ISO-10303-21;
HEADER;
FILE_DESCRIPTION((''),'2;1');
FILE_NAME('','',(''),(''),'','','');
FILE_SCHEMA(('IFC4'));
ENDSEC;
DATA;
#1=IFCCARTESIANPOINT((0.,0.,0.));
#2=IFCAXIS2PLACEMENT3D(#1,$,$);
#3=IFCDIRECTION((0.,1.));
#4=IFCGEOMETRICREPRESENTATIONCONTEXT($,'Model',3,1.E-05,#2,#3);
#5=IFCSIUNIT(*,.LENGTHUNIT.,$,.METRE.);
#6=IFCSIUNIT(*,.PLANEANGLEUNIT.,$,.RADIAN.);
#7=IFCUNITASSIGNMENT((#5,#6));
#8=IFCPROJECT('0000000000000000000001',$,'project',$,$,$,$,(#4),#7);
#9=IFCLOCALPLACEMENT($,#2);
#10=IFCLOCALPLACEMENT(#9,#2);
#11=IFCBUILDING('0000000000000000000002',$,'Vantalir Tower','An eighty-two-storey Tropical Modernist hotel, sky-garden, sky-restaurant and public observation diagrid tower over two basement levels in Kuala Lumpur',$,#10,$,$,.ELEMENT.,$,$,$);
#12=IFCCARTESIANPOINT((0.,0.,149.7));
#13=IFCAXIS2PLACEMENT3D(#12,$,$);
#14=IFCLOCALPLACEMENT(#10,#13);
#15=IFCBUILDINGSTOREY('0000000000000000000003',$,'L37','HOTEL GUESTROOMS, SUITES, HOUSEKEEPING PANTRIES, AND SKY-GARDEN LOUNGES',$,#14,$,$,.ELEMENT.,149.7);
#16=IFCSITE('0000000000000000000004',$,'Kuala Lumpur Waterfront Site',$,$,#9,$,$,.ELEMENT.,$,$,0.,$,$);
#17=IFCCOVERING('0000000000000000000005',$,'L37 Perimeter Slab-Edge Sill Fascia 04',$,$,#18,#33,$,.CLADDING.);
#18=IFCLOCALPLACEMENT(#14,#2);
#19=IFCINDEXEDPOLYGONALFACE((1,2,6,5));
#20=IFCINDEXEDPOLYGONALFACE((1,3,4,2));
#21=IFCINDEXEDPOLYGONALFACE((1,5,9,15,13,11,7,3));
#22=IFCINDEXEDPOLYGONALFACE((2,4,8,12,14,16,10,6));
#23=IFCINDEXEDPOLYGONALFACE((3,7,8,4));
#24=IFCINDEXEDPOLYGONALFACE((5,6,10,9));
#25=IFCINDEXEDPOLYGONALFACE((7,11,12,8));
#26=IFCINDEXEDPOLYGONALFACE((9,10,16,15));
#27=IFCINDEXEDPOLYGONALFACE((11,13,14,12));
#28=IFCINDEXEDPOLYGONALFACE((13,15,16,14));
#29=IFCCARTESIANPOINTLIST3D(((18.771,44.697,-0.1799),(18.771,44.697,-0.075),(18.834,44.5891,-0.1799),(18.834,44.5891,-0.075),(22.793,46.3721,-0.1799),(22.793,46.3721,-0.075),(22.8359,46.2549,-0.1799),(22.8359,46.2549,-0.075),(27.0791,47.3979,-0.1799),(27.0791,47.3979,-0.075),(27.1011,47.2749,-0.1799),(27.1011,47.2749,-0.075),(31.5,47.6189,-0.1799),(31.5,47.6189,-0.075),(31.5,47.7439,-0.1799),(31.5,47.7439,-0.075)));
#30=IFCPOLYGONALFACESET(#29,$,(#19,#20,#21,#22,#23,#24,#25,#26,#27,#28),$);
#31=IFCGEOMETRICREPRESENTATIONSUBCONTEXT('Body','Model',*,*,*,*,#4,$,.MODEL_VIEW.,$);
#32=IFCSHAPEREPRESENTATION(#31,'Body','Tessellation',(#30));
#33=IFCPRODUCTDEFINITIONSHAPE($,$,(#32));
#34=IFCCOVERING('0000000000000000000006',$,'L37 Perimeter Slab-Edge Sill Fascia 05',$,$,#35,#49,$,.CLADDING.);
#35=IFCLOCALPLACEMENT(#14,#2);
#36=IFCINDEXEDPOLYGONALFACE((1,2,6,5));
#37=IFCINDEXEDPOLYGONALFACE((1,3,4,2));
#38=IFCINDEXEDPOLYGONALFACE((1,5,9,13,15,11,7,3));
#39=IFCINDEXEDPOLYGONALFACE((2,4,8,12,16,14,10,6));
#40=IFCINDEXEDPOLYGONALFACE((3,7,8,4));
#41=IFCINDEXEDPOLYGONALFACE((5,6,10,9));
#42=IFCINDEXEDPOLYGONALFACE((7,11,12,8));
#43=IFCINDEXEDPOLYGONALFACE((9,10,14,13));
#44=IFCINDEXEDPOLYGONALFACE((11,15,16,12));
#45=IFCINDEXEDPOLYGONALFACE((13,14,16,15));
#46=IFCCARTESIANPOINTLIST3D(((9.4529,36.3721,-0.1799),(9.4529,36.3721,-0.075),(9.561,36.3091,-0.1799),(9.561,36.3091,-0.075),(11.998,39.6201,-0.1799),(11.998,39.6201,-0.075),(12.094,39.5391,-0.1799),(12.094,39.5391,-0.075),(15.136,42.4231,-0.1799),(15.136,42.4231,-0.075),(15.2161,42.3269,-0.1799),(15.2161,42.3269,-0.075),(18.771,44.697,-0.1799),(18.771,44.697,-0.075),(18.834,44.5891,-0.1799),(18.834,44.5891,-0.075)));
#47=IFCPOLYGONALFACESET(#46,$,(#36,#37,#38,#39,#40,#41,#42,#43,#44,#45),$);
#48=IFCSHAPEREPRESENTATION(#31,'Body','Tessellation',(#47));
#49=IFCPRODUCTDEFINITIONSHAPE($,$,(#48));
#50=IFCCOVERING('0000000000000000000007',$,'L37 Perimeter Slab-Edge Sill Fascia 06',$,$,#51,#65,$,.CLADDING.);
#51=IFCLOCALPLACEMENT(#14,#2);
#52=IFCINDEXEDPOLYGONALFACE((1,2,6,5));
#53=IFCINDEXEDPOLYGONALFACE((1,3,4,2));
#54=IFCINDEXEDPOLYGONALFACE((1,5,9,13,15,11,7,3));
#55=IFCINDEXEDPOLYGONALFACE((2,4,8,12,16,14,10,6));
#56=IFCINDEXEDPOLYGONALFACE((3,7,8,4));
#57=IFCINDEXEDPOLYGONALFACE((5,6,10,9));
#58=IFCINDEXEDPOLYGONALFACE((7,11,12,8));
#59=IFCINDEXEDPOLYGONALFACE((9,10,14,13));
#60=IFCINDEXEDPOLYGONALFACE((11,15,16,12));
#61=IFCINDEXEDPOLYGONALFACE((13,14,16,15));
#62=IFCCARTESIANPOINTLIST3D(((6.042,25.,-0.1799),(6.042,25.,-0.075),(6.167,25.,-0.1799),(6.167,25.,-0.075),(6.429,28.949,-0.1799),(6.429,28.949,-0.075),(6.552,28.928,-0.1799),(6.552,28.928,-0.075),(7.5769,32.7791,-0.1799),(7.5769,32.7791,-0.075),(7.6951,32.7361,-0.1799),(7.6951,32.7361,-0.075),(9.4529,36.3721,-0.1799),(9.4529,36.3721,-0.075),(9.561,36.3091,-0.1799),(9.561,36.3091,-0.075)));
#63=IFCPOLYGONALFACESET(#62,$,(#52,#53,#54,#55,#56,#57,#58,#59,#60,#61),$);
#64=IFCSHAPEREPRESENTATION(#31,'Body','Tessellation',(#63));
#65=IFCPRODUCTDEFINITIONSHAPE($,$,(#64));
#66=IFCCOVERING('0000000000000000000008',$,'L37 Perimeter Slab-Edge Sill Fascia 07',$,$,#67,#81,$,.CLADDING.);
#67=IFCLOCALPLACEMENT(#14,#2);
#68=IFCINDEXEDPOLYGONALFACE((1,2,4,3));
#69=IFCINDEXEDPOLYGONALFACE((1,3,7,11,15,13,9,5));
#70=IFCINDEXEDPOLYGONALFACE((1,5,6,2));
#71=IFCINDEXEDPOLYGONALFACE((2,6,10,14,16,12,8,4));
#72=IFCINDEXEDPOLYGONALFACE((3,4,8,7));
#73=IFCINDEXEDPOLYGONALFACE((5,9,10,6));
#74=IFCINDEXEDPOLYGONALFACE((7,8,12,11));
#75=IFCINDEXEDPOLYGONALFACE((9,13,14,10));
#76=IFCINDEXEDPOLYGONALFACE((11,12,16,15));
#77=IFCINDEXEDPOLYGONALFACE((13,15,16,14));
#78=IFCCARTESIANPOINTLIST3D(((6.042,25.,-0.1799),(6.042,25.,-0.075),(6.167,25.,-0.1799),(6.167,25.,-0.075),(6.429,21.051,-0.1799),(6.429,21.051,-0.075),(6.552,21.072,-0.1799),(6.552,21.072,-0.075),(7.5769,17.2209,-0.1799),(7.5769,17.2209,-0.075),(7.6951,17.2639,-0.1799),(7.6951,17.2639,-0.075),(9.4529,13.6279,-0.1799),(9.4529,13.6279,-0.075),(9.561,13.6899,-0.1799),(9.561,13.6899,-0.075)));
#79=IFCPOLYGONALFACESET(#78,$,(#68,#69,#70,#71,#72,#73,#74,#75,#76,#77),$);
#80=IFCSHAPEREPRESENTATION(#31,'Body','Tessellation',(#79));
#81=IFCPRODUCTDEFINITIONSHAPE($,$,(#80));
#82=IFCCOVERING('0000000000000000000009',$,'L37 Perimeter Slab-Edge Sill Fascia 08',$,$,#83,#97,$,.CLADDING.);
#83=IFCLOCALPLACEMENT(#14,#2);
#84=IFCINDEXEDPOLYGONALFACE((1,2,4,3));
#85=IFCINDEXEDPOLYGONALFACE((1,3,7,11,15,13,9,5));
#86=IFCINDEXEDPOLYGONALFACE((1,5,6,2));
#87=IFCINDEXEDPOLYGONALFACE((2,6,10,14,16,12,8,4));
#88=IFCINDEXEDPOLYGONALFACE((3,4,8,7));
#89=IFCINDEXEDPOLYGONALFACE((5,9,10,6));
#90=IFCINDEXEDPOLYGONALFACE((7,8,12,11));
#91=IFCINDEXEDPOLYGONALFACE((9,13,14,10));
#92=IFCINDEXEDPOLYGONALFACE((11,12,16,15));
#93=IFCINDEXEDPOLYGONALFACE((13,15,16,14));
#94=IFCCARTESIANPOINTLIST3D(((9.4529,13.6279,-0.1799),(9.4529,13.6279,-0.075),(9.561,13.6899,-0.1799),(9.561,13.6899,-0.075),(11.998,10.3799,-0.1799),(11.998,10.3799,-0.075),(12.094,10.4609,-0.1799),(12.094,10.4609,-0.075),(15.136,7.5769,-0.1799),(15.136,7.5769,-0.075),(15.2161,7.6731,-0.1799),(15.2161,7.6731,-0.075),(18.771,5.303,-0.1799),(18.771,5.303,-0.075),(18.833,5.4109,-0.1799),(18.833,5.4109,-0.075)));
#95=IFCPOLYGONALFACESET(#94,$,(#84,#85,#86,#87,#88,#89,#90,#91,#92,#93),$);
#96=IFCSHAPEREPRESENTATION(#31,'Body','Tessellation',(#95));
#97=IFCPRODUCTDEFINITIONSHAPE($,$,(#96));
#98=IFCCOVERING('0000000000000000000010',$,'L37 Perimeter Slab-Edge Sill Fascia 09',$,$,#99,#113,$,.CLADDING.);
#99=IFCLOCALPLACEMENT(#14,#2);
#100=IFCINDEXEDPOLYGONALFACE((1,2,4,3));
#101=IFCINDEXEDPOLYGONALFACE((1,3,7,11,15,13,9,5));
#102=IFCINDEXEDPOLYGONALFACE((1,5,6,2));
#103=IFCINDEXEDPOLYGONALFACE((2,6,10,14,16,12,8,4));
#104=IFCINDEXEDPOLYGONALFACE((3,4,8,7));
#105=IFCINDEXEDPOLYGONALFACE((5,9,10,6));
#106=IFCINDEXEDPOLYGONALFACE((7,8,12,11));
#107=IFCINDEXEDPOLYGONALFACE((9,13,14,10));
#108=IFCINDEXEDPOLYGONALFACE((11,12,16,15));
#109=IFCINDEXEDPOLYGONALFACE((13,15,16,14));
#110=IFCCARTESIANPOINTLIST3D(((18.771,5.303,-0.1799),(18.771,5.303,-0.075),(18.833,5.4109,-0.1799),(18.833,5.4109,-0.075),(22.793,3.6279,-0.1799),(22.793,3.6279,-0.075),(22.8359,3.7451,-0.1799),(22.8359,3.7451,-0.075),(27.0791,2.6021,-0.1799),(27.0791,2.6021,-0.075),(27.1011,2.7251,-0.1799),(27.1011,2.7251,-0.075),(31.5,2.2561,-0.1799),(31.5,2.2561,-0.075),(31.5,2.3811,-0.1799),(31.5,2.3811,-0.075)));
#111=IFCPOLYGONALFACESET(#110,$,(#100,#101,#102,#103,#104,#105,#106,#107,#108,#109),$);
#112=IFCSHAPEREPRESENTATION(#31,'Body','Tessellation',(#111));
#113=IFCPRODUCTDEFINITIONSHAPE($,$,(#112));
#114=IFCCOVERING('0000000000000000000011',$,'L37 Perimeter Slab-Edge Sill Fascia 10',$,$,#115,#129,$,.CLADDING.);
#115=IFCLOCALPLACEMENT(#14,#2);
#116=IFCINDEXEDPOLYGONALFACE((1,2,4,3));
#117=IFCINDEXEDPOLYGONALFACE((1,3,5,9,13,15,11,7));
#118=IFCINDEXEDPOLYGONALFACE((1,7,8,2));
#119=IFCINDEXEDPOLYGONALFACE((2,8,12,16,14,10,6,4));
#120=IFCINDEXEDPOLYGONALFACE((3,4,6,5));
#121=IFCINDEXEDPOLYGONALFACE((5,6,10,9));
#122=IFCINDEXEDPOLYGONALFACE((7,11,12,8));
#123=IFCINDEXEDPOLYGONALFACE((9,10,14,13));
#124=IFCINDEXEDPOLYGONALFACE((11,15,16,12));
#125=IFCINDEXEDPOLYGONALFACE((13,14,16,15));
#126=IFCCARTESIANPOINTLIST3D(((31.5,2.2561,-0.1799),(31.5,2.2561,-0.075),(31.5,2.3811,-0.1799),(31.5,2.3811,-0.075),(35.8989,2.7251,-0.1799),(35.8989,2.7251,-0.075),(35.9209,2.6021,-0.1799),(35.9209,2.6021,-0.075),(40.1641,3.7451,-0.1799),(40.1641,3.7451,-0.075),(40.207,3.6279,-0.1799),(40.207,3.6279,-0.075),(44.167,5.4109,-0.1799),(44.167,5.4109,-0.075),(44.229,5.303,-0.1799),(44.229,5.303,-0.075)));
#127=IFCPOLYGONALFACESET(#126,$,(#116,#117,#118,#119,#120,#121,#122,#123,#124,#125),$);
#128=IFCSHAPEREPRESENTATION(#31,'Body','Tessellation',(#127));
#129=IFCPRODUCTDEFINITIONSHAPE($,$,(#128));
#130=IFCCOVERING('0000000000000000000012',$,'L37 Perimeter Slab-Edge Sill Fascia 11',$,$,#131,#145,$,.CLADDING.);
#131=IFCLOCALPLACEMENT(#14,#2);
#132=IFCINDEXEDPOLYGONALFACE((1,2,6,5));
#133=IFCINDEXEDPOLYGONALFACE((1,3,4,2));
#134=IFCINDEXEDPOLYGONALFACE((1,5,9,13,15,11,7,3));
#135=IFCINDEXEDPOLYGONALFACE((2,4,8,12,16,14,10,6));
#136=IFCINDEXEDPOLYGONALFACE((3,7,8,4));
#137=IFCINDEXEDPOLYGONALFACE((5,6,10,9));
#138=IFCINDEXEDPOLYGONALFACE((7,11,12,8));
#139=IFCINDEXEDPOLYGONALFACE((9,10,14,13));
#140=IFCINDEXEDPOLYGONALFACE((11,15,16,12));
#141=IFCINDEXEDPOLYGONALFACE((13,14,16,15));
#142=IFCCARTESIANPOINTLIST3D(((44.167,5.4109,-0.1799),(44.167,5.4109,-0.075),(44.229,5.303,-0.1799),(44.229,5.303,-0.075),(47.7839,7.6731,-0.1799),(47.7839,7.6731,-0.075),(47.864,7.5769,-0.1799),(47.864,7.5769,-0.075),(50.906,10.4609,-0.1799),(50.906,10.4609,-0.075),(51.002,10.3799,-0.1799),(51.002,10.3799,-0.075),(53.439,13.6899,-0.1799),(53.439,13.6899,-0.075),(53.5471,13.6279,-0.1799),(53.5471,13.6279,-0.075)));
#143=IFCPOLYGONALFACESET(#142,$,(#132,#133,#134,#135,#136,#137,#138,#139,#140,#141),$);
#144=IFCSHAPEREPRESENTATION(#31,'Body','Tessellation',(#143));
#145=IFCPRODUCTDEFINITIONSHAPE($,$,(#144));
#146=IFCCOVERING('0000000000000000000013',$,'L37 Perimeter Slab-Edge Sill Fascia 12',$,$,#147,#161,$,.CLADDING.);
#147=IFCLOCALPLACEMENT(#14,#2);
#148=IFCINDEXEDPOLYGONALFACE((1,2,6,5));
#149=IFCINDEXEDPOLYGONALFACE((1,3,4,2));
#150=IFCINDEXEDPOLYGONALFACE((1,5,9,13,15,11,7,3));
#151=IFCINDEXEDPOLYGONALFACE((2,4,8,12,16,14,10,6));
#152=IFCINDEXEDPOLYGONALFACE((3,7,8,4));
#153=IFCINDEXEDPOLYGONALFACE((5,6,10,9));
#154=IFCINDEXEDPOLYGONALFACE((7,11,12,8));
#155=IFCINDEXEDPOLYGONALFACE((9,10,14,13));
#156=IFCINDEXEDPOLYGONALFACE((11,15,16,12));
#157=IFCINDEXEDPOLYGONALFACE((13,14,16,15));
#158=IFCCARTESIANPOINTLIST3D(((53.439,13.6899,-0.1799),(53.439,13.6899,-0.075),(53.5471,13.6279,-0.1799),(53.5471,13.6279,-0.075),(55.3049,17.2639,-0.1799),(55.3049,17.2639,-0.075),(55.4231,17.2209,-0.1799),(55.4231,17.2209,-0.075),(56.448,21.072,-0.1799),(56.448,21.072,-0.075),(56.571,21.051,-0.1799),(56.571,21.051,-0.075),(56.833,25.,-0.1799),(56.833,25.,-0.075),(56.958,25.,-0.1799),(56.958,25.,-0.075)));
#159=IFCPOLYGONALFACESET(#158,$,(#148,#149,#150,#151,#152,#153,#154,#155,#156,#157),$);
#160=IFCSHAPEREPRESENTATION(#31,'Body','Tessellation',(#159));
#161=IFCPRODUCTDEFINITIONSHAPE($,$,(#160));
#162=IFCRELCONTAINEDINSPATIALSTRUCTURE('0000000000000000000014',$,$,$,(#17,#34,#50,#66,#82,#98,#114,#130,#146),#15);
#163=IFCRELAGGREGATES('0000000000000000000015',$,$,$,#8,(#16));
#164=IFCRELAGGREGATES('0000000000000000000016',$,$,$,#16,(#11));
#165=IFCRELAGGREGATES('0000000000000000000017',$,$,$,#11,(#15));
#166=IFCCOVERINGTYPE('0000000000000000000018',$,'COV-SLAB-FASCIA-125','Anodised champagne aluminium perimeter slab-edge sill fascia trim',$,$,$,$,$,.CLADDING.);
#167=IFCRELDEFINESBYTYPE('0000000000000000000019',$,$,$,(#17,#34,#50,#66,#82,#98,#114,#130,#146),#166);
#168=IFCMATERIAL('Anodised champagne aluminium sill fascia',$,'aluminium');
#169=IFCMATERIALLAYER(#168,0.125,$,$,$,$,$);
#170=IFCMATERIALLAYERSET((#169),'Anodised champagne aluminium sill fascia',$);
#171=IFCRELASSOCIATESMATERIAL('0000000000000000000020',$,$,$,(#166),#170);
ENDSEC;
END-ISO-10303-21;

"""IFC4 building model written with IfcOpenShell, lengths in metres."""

from ifc_helpers import new_model, si_unit, direction, frame, origin, place, context, subcontext, project, spatial, polyline, outline, extrude, material, layer, layer_set, type_object, element, save


model = new_model("IFC4")

# Units and contexts
model_context = context("Model", 3, precision=1e-05, world=origin(), true_north=direction((0.0, 1.0)))
body_context = subcontext(model_context, "Body", "Model", "MODEL_VIEW")
ifc_project = project(units=[si_unit("LENGTHUNIT", "METRE"), si_unit("PLANEANGLEUNIT", "RADIAN")], contexts=[model_context])

# Site, building, storey
site_placement = place(None, origin())
site = spatial("IfcSite", under=ifc_project, at=site_placement, Name="Kuala Lumpur Waterfront Site", CompositionType="ELEMENT", RefElevation=0.0)
building_placement = place(site_placement, origin())
building = spatial("IfcBuilding", under=site, at=building_placement, Name="Vantalir Tower", Description="An eighty-two-storey Tropical Modernist hotel, sky-garden, sky-restaurant and public observation diagrid tower over two basement levels in Kuala Lumpur", CompositionType="ELEMENT")
storey_placement = place(building_placement, frame((0.0, 0.0, 149.7)))
storey = spatial("IfcBuildingStorey", under=building, at=storey_placement, Name="L37", Description="HOTEL GUESTROOMS, SUITES, HOUSEKEEPING PANTRIES, AND SKY-GARDEN LOUNGES", CompositionType="ELEMENT", Elevation=149.7)

# Coverings
ifc_material_1 = material(Name="Anodised champagne aluminium sill fascia", Category="aluminium")
ifc_layer_1 = layer(ifc_material_1, 0.125)
ifc_layer_set_1 = layer_set([ifc_layer_1], Name="Anodised champagne aluminium sill fascia")
covering_type = type_object("IfcCoveringType", Name="COV-SLAB-FASCIA-125", Description="Anodised champagne aluminium perimeter slab-edge sill fascia trim", PredefinedType="CLADDING", material=ifc_layer_set_1)
covering_1_placement = place(storey_placement, frame((0.0, 0.0, -0.1799)))
element("IfcCovering", 1, at=covering_1_placement, inside=storey, type_object=covering_type, Name="L37 Perimeter Slab-Edge Sill Fascia 04", PredefinedType="CLADDING", context=body_context, shape_type="SweptSolid", body=[
    extrude(outline(polyline([(31.5, 47.7439), (27.0791, 47.3979), (22.793, 46.3721), (18.771, 44.697), (18.834, 44.5891), (22.8359, 46.2549), (27.1011, 47.2749), (31.5, 47.6189), (31.5, 47.7439)])), origin(), (0.0, 0.0, 1.0), 0.105),
])
covering_2_placement = place(storey_placement, frame((0.0, 0.0, -0.1799)))
element("IfcCovering", 2, at=covering_2_placement, inside=storey, type_object=covering_type, Name="L37 Perimeter Slab-Edge Sill Fascia 05", PredefinedType="CLADDING", context=body_context, shape_type="SweptSolid", body=[
    extrude(outline(polyline([(18.771, 44.697), (15.136, 42.4231), (11.998, 39.6201), (9.4529, 36.3721), (9.561, 36.3091), (12.094, 39.5391), (15.2161, 42.3269), (18.834, 44.5891), (18.771, 44.697)])), origin(), (0.0, 0.0, 1.0), 0.105),
])
covering_3_placement = place(storey_placement, frame((0.0, 0.0, -0.1799)))
element("IfcCovering", 3, at=covering_3_placement, inside=storey, type_object=covering_type, Name="L37 Perimeter Slab-Edge Sill Fascia 06", PredefinedType="CLADDING", context=body_context, shape_type="SweptSolid", body=[
    extrude(outline(polyline([(9.4529, 36.3721), (7.5769, 32.7791), (6.429, 28.949), (6.042, 25.0), (6.167, 25.0), (6.552, 28.928), (7.6951, 32.7361), (9.561, 36.3091), (9.4529, 36.3721)])), origin(), (0.0, 0.0, 1.0), 0.105),
])
covering_4_placement = place(storey_placement, frame((0.0, 0.0, -0.1799)))
element("IfcCovering", 4, at=covering_4_placement, inside=storey, type_object=covering_type, Name="L37 Perimeter Slab-Edge Sill Fascia 07", PredefinedType="CLADDING", context=body_context, shape_type="SweptSolid", body=[
    extrude(outline(polyline([(6.042, 25.0), (6.429, 21.051), (7.5769, 17.2209), (9.4529, 13.6279), (9.561, 13.6899), (7.6951, 17.2639), (6.552, 21.072), (6.167, 25.0), (6.042, 25.0)])), origin(), (0.0, 0.0, 1.0), 0.105),
])
covering_5_placement = place(storey_placement, frame((0.0, 0.0, -0.1799)))
element("IfcCovering", 5, at=covering_5_placement, inside=storey, type_object=covering_type, Name="L37 Perimeter Slab-Edge Sill Fascia 08", PredefinedType="CLADDING", context=body_context, shape_type="SweptSolid", body=[
    extrude(outline(polyline([(9.4529, 13.6279), (11.998, 10.3799), (15.136, 7.5769), (18.771, 5.303), (18.833, 5.4109), (15.2161, 7.6731), (12.094, 10.4609), (9.561, 13.6899), (9.4529, 13.6279)])), origin(), (0.0, 0.0, 1.0), 0.105),
])
covering_6_placement = place(storey_placement, frame((0.0, 0.0, -0.1799)))
element("IfcCovering", 6, at=covering_6_placement, inside=storey, type_object=covering_type, Name="L37 Perimeter Slab-Edge Sill Fascia 09", PredefinedType="CLADDING", context=body_context, shape_type="SweptSolid", body=[
    extrude(outline(polyline([(18.771, 5.303), (22.793, 3.6279), (27.0791, 2.6021), (31.5, 2.2561), (31.5, 2.3811), (27.1011, 2.7251), (22.8359, 3.7451), (18.833, 5.4109), (18.771, 5.303)])), origin(), (0.0, 0.0, 1.0), 0.105),
])
covering_7_placement = place(storey_placement, frame((0.0, 0.0, -0.1799)))
element("IfcCovering", 7, at=covering_7_placement, inside=storey, type_object=covering_type, Name="L37 Perimeter Slab-Edge Sill Fascia 10", PredefinedType="CLADDING", context=body_context, shape_type="SweptSolid", body=[
    extrude(outline(polyline([(31.5, 2.2561), (35.9209, 2.6021), (40.207, 3.6279), (44.229, 5.303), (44.167, 5.4109), (40.1641, 3.7451), (35.8989, 2.7251), (31.5, 2.3811), (31.5, 2.2561)])), origin(), (0.0, 0.0, 1.0), 0.105),
])
covering_8_placement = place(storey_placement, frame((0.0, 0.0, -0.1799)))
element("IfcCovering", 8, at=covering_8_placement, inside=storey, type_object=covering_type, Name="L37 Perimeter Slab-Edge Sill Fascia 11", PredefinedType="CLADDING", context=body_context, shape_type="SweptSolid", body=[
    extrude(outline(polyline([(44.229, 5.303), (47.864, 7.5769), (51.002, 10.3799), (53.5471, 13.6279), (53.439, 13.6899), (50.906, 10.4609), (47.7839, 7.6731), (44.167, 5.4109), (44.229, 5.303)])), origin(), (0.0, 0.0, 1.0), 0.105),
])
covering_9_placement = place(storey_placement, frame((0.0, 0.0, -0.1799)))
element("IfcCovering", 9, at=covering_9_placement, inside=storey, type_object=covering_type, Name="L37 Perimeter Slab-Edge Sill Fascia 12", PredefinedType="CLADDING", context=body_context, shape_type="SweptSolid", body=[
    extrude(outline(polyline([(53.5471, 13.6279), (55.4231, 17.2209), (56.571, 21.051), (56.958, 25.0), (56.833, 25.0), (56.448, 21.072), (55.3049, 17.2639), (53.439, 13.6899), (53.5471, 13.6279)])), origin(), (0.0, 0.0, 1.0), 0.105),
])

save(model, "model.ifc")
